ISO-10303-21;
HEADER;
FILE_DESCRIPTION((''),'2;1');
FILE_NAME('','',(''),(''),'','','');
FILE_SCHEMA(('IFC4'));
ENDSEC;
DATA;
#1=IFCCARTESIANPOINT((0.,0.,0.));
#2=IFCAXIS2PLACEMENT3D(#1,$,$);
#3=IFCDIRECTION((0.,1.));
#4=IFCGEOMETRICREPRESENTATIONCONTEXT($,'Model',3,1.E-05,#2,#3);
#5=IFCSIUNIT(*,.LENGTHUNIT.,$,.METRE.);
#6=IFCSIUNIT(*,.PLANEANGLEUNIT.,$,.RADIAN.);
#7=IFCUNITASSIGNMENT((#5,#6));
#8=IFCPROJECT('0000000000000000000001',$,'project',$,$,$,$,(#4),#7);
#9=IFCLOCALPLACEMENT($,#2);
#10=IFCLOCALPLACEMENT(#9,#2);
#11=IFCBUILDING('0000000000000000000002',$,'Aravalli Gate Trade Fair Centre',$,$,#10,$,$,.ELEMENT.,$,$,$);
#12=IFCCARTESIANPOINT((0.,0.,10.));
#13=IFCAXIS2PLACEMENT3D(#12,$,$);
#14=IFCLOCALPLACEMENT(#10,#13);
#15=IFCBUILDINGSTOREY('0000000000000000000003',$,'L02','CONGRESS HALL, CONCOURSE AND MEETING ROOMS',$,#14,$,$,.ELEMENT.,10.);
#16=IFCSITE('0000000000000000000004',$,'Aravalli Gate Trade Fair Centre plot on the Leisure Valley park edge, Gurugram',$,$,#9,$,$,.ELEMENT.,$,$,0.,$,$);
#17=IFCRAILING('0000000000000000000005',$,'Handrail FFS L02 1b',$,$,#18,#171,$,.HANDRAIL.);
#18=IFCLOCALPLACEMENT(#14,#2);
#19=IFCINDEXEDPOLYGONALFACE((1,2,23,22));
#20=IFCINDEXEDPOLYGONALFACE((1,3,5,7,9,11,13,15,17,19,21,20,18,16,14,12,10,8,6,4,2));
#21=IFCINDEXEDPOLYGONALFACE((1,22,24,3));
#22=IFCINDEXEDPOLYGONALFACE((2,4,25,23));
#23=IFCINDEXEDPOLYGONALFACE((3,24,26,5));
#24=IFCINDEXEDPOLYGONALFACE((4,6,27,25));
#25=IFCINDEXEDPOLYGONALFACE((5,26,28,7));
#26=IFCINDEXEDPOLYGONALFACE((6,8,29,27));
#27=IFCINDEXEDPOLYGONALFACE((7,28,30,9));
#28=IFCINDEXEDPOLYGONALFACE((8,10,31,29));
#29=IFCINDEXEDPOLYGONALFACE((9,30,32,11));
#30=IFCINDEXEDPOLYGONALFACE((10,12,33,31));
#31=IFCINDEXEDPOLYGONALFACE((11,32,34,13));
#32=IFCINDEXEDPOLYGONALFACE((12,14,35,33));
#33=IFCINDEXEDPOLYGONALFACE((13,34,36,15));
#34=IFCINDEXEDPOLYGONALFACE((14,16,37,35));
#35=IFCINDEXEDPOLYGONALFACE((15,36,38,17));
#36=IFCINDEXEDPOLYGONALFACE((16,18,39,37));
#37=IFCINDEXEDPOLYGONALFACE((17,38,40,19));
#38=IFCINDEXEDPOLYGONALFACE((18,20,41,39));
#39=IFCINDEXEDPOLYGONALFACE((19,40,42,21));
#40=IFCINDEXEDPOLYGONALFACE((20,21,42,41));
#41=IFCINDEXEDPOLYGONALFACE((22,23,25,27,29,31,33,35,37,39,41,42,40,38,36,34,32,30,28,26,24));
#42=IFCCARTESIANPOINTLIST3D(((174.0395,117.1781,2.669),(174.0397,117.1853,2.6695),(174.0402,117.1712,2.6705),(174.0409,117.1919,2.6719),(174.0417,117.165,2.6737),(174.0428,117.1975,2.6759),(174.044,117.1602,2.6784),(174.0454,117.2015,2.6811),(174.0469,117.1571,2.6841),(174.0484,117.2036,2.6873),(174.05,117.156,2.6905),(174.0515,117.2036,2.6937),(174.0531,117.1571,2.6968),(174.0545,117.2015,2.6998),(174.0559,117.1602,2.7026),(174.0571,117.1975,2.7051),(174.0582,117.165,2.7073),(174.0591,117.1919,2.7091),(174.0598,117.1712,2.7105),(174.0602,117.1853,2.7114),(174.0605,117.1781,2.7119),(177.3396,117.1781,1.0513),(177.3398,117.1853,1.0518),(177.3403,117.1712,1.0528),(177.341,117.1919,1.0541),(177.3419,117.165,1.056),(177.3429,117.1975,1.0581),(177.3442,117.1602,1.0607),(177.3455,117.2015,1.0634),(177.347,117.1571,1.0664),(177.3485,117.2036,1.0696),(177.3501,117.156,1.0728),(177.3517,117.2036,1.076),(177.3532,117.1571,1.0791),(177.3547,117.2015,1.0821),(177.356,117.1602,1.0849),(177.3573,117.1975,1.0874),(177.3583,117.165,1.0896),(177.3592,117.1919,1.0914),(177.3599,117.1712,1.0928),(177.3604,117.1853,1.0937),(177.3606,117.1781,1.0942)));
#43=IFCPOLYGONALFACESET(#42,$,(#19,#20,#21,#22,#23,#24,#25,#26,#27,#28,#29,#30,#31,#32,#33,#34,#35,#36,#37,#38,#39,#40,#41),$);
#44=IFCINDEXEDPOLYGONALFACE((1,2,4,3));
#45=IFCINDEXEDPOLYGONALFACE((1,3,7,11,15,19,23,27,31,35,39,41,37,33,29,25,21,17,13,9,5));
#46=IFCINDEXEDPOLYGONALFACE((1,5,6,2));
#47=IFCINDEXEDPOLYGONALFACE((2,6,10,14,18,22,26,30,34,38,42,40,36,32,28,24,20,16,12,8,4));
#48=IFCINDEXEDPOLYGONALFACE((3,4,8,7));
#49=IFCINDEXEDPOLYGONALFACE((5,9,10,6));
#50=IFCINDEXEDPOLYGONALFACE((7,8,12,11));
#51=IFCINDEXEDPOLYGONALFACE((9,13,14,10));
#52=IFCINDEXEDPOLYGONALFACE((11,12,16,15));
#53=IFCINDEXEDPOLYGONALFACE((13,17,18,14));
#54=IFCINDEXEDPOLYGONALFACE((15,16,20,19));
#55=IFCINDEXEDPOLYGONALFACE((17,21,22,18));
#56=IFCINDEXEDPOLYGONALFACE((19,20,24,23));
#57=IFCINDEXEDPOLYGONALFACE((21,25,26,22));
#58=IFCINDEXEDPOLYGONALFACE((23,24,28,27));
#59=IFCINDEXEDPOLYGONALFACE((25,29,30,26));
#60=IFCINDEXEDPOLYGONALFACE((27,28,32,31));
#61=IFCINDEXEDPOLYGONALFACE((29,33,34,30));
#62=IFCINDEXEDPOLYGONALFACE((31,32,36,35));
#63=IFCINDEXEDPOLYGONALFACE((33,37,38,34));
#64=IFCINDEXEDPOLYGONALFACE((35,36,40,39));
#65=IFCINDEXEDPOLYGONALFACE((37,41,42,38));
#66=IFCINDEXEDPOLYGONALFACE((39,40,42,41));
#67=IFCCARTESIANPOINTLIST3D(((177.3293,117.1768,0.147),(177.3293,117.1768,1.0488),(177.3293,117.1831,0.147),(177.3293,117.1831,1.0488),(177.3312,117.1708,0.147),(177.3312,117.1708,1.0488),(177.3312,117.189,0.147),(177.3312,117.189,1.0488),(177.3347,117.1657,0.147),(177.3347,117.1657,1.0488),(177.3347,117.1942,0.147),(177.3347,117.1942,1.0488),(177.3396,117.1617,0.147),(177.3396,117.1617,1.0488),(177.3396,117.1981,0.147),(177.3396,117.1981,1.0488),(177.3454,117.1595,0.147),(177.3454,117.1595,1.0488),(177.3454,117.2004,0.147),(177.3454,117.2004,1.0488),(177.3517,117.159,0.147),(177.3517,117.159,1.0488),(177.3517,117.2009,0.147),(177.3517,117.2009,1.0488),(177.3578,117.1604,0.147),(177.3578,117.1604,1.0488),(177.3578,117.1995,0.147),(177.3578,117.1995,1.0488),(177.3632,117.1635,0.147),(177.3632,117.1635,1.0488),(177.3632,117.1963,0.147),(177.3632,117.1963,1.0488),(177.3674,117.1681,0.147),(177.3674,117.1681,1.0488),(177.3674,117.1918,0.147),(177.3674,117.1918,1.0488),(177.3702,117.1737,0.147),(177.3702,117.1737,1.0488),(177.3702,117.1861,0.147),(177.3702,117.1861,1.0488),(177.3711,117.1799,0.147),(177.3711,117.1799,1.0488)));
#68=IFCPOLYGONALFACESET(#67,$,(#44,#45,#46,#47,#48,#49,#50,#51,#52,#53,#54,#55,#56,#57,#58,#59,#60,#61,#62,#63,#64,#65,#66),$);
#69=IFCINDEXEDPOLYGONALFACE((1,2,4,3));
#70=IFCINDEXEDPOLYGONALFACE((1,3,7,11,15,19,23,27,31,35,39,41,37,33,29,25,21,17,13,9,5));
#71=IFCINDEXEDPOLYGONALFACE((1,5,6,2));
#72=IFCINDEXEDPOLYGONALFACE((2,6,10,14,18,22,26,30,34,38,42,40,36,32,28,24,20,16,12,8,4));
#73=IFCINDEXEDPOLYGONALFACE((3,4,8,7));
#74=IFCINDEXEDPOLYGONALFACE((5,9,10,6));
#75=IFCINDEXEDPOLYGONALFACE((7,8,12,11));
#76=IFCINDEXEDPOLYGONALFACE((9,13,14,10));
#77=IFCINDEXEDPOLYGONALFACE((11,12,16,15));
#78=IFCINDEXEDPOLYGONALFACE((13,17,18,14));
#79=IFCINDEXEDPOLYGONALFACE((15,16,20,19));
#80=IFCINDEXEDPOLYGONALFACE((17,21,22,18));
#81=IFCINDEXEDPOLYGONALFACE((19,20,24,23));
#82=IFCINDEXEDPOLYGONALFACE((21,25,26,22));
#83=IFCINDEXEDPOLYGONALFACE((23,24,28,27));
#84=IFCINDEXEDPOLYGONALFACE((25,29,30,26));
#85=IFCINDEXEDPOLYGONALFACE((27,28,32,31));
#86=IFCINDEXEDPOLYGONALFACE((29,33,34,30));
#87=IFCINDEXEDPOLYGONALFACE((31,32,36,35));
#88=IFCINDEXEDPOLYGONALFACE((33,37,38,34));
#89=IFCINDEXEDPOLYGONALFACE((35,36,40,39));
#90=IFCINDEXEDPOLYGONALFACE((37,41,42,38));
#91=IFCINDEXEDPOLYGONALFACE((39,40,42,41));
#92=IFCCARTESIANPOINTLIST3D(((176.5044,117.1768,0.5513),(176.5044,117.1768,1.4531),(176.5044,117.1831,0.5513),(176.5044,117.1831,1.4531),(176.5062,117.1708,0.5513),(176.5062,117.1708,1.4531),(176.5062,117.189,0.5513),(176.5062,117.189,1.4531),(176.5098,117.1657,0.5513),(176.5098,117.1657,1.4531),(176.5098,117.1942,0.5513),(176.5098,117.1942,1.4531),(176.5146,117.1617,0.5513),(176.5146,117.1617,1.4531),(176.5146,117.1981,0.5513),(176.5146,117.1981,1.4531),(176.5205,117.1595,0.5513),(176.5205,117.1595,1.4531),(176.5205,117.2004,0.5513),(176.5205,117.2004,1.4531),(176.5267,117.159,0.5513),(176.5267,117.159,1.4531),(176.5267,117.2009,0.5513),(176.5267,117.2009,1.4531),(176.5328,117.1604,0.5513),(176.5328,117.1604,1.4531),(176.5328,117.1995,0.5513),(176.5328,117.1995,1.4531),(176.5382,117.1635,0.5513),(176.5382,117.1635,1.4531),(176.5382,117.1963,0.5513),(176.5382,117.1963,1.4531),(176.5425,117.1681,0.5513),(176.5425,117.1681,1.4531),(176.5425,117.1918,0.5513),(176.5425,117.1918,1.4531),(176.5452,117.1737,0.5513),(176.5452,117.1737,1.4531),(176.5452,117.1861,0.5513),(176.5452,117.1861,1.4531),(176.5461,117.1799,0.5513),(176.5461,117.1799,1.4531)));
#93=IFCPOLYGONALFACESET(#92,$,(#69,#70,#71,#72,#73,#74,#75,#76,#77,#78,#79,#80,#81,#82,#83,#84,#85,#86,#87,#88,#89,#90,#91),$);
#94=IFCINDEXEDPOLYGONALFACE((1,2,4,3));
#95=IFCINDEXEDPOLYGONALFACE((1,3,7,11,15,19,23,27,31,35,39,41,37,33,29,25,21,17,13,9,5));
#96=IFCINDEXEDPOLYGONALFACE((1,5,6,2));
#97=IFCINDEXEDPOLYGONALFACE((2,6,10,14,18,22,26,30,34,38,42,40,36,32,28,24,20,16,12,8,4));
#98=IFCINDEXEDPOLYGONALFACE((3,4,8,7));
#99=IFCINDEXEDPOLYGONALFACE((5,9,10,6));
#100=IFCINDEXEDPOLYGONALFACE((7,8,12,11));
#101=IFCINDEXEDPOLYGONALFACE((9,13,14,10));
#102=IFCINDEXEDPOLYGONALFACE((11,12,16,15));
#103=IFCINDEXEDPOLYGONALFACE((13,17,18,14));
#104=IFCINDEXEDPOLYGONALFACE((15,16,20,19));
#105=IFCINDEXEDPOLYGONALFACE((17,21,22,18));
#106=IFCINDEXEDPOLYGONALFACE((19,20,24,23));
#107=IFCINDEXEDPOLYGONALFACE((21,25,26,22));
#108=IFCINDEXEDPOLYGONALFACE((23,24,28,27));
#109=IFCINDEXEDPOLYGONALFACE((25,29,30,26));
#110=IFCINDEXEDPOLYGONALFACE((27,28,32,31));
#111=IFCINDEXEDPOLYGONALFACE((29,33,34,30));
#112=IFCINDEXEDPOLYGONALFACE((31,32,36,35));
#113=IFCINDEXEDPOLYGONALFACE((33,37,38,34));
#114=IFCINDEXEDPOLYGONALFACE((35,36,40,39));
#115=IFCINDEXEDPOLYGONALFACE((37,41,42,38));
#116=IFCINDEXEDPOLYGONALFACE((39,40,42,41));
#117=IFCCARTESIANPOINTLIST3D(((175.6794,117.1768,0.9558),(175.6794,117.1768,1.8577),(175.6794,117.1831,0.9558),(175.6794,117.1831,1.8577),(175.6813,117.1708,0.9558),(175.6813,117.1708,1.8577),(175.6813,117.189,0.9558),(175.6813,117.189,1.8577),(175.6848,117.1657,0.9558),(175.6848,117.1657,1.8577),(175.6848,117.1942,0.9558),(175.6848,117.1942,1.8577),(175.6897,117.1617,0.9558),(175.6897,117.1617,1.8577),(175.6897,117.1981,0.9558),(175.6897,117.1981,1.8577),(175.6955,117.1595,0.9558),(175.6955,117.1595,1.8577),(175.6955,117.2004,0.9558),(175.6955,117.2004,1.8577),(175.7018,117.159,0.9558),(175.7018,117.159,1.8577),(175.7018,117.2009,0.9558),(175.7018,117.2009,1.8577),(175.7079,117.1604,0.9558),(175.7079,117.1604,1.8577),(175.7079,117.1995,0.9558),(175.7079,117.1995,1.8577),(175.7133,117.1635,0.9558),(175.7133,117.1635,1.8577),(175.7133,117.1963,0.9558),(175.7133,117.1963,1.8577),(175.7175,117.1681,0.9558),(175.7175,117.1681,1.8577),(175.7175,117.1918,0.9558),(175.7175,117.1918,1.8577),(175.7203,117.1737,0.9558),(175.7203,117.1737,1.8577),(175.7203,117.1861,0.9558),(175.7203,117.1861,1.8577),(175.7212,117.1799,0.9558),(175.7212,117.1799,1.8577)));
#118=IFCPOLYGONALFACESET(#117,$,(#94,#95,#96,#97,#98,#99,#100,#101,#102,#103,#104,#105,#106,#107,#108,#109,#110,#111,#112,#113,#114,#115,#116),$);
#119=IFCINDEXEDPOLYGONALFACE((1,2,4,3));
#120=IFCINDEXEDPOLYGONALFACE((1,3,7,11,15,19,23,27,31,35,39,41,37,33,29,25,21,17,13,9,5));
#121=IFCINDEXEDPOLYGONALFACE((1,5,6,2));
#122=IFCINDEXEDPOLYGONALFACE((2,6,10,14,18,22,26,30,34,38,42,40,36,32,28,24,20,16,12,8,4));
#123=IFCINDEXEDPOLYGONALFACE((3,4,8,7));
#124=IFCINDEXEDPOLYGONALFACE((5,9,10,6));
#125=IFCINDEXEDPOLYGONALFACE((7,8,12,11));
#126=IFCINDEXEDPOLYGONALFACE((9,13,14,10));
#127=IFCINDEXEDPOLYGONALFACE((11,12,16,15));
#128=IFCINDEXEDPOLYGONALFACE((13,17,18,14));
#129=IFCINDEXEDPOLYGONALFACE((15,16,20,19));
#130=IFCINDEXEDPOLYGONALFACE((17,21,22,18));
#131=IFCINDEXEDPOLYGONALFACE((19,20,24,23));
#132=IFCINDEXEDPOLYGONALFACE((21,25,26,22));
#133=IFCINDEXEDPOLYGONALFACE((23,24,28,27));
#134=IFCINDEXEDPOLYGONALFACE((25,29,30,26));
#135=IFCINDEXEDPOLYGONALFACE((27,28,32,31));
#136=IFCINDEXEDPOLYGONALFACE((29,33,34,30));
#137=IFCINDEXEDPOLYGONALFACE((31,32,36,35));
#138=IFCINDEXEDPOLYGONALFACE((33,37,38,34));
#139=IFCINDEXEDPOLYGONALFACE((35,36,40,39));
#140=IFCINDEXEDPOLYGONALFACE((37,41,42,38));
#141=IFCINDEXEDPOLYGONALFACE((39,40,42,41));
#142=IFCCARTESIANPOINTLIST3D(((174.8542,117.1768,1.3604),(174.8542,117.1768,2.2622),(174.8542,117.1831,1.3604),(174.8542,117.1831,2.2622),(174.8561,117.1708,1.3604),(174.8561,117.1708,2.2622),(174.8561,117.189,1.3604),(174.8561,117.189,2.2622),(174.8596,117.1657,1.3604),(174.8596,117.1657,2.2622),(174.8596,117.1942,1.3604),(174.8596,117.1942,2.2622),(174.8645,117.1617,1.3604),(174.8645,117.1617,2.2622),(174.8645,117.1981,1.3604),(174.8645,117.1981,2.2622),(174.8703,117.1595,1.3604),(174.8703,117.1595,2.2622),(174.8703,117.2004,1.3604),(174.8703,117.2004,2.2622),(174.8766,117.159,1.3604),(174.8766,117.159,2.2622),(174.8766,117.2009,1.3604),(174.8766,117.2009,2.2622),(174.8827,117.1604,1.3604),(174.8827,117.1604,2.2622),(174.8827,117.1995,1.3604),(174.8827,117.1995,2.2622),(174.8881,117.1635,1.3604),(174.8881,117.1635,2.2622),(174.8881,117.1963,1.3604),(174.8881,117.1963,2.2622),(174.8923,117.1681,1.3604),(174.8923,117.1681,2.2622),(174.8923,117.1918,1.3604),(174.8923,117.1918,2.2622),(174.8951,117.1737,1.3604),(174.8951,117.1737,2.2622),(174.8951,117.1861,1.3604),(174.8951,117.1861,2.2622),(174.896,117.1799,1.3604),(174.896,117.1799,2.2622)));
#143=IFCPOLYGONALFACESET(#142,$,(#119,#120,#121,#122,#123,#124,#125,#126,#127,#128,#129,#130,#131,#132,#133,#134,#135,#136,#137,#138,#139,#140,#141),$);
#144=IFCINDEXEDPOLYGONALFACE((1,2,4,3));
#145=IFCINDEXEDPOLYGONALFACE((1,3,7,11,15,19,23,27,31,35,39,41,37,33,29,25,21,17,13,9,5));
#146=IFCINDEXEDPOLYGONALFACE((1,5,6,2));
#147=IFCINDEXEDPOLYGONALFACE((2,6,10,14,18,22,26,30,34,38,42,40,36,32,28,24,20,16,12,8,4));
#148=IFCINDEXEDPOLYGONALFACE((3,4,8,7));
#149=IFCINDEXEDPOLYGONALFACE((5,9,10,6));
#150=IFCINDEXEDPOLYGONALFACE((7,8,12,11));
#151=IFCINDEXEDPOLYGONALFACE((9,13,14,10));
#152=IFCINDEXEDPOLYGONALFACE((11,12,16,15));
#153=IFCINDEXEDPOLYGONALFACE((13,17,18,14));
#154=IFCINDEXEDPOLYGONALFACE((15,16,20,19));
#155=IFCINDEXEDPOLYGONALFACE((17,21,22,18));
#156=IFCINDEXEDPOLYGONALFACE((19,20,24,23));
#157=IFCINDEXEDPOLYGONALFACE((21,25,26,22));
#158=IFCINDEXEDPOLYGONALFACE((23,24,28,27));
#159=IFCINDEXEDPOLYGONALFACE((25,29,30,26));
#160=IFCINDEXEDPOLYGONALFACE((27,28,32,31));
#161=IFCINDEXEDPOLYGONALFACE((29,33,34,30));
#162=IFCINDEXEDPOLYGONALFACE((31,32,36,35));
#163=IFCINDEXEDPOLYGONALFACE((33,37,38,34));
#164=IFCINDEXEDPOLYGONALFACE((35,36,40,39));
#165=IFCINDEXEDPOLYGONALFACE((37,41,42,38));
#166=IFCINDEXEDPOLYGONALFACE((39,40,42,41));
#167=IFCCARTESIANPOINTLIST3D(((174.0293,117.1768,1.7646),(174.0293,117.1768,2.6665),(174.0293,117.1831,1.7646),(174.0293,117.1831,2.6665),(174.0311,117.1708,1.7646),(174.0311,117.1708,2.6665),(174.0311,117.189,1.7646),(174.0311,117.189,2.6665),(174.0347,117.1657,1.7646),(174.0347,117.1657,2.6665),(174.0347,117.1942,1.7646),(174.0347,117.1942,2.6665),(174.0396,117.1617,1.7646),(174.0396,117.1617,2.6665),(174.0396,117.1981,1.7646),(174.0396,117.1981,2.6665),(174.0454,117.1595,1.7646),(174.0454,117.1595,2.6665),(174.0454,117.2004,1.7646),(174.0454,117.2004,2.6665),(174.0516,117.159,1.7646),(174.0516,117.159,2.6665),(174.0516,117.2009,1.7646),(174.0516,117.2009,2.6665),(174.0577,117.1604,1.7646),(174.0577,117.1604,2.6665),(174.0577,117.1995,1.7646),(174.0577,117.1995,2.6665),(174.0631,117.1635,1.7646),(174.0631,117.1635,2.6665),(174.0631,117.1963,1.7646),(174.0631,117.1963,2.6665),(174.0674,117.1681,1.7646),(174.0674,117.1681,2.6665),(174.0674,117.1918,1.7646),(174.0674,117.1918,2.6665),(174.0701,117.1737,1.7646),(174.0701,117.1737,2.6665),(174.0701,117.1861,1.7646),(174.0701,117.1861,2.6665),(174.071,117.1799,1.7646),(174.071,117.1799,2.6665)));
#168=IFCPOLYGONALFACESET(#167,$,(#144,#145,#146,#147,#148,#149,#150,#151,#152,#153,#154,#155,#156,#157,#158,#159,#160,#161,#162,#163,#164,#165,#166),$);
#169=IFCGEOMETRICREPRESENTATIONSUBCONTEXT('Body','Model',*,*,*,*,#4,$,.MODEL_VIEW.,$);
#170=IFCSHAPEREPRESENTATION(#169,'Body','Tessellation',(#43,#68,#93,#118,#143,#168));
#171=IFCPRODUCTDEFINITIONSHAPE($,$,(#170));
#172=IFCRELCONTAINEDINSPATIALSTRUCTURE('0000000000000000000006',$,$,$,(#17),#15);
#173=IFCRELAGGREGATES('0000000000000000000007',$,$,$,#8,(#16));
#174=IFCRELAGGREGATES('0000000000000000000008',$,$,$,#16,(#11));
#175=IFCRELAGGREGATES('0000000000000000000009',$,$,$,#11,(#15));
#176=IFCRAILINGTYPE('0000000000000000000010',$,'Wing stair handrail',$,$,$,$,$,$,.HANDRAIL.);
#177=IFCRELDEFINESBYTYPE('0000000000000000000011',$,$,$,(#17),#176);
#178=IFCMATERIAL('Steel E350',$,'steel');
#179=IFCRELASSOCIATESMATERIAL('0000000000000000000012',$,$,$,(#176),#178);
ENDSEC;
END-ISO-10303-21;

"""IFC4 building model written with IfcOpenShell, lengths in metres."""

from ifc_helpers import new_model, si_unit, direction, frame, origin, origin_2d, place, context, subcontext, project, spatial, circle, extrude, material, type_object, element, save


model = new_model("IFC4")

# Units and contexts
model_context = context("Model", 3, precision=1e-05, world=origin(), true_north=direction((0.0, 1.0)))
body_context = subcontext(model_context, "Body", "Model", "MODEL_VIEW")
ifc_project = project(units=[si_unit("LENGTHUNIT", "METRE"), si_unit("PLANEANGLEUNIT", "RADIAN")], contexts=[model_context])

# Site, building, storey
site_placement = place(None, origin())
site = spatial("IfcSite", under=ifc_project, at=site_placement, Name="Aravalli Gate Trade Fair Centre plot on the Leisure Valley park edge, Gurugram", CompositionType="ELEMENT", RefElevation=0.0)
building_placement = place(site_placement, origin())
building = spatial("IfcBuilding", under=site, at=building_placement, Name="Aravalli Gate Trade Fair Centre", CompositionType="ELEMENT")
storey_placement = place(building_placement, frame((0.0, 0.0, 10.0)))
storey = spatial("IfcBuildingStorey", under=building, at=storey_placement, Name="L02", Description="CONGRESS HALL, CONCOURSE AND MEETING ROOMS", CompositionType="ELEMENT", Elevation=10.0)

# Shared definitions
ifc_material_1 = material(Name="Steel E350", Category="steel")

# Railing
railing_type_1 = type_object("IfcRailingType", Name="Wing stair handrail", PredefinedType="HANDRAIL", material=ifc_material_1)
railing_1_placement = place(storey_placement, frame((177.3501, 117.1799, 0.147)))
element("IfcRailing", 1, at=railing_1_placement, inside=storey, type_object=railing_type_1, Name="Handrail FFS L02 1b", PredefinedType="HANDRAIL", context=body_context, shape_type="SweptSolid", body=[
    extrude(circle(Radius=0.0239, at=origin_2d()), frame((0.0, 0.0, 0.9258), z_axis=(-0.89792, 0.0, 0.440158), x_axis=(0.0, -1.0, 0.0)), (0.0, 0.0, 1.0), 3.6753),
    extrude(circle(Radius=0.021, at=origin_2d()), origin(), (0.0, 0.0, 1.0), 0.9019),
    extrude(circle(Radius=0.021, at=origin_2d()), frame((-0.825, 0.0, 0.4043)), (0.0, 0.0, 1.0), 0.9019),
    extrude(circle(Radius=0.021, at=origin_2d()), frame((-1.6499, 0.0, 0.8088)), (0.0, 0.0, 1.0), 0.9019),
    extrude(circle(Radius=0.021, at=origin_2d()), frame((-2.4751, 0.0, 1.2134)), (0.0, 0.0, 1.0), 0.9019),
    extrude(circle(Radius=0.021, at=origin_2d()), frame((-3.3, 0.0, 1.6177)), (0.0, 0.0, 1.0), 0.9019),
])

save(model, "model.ifc")
